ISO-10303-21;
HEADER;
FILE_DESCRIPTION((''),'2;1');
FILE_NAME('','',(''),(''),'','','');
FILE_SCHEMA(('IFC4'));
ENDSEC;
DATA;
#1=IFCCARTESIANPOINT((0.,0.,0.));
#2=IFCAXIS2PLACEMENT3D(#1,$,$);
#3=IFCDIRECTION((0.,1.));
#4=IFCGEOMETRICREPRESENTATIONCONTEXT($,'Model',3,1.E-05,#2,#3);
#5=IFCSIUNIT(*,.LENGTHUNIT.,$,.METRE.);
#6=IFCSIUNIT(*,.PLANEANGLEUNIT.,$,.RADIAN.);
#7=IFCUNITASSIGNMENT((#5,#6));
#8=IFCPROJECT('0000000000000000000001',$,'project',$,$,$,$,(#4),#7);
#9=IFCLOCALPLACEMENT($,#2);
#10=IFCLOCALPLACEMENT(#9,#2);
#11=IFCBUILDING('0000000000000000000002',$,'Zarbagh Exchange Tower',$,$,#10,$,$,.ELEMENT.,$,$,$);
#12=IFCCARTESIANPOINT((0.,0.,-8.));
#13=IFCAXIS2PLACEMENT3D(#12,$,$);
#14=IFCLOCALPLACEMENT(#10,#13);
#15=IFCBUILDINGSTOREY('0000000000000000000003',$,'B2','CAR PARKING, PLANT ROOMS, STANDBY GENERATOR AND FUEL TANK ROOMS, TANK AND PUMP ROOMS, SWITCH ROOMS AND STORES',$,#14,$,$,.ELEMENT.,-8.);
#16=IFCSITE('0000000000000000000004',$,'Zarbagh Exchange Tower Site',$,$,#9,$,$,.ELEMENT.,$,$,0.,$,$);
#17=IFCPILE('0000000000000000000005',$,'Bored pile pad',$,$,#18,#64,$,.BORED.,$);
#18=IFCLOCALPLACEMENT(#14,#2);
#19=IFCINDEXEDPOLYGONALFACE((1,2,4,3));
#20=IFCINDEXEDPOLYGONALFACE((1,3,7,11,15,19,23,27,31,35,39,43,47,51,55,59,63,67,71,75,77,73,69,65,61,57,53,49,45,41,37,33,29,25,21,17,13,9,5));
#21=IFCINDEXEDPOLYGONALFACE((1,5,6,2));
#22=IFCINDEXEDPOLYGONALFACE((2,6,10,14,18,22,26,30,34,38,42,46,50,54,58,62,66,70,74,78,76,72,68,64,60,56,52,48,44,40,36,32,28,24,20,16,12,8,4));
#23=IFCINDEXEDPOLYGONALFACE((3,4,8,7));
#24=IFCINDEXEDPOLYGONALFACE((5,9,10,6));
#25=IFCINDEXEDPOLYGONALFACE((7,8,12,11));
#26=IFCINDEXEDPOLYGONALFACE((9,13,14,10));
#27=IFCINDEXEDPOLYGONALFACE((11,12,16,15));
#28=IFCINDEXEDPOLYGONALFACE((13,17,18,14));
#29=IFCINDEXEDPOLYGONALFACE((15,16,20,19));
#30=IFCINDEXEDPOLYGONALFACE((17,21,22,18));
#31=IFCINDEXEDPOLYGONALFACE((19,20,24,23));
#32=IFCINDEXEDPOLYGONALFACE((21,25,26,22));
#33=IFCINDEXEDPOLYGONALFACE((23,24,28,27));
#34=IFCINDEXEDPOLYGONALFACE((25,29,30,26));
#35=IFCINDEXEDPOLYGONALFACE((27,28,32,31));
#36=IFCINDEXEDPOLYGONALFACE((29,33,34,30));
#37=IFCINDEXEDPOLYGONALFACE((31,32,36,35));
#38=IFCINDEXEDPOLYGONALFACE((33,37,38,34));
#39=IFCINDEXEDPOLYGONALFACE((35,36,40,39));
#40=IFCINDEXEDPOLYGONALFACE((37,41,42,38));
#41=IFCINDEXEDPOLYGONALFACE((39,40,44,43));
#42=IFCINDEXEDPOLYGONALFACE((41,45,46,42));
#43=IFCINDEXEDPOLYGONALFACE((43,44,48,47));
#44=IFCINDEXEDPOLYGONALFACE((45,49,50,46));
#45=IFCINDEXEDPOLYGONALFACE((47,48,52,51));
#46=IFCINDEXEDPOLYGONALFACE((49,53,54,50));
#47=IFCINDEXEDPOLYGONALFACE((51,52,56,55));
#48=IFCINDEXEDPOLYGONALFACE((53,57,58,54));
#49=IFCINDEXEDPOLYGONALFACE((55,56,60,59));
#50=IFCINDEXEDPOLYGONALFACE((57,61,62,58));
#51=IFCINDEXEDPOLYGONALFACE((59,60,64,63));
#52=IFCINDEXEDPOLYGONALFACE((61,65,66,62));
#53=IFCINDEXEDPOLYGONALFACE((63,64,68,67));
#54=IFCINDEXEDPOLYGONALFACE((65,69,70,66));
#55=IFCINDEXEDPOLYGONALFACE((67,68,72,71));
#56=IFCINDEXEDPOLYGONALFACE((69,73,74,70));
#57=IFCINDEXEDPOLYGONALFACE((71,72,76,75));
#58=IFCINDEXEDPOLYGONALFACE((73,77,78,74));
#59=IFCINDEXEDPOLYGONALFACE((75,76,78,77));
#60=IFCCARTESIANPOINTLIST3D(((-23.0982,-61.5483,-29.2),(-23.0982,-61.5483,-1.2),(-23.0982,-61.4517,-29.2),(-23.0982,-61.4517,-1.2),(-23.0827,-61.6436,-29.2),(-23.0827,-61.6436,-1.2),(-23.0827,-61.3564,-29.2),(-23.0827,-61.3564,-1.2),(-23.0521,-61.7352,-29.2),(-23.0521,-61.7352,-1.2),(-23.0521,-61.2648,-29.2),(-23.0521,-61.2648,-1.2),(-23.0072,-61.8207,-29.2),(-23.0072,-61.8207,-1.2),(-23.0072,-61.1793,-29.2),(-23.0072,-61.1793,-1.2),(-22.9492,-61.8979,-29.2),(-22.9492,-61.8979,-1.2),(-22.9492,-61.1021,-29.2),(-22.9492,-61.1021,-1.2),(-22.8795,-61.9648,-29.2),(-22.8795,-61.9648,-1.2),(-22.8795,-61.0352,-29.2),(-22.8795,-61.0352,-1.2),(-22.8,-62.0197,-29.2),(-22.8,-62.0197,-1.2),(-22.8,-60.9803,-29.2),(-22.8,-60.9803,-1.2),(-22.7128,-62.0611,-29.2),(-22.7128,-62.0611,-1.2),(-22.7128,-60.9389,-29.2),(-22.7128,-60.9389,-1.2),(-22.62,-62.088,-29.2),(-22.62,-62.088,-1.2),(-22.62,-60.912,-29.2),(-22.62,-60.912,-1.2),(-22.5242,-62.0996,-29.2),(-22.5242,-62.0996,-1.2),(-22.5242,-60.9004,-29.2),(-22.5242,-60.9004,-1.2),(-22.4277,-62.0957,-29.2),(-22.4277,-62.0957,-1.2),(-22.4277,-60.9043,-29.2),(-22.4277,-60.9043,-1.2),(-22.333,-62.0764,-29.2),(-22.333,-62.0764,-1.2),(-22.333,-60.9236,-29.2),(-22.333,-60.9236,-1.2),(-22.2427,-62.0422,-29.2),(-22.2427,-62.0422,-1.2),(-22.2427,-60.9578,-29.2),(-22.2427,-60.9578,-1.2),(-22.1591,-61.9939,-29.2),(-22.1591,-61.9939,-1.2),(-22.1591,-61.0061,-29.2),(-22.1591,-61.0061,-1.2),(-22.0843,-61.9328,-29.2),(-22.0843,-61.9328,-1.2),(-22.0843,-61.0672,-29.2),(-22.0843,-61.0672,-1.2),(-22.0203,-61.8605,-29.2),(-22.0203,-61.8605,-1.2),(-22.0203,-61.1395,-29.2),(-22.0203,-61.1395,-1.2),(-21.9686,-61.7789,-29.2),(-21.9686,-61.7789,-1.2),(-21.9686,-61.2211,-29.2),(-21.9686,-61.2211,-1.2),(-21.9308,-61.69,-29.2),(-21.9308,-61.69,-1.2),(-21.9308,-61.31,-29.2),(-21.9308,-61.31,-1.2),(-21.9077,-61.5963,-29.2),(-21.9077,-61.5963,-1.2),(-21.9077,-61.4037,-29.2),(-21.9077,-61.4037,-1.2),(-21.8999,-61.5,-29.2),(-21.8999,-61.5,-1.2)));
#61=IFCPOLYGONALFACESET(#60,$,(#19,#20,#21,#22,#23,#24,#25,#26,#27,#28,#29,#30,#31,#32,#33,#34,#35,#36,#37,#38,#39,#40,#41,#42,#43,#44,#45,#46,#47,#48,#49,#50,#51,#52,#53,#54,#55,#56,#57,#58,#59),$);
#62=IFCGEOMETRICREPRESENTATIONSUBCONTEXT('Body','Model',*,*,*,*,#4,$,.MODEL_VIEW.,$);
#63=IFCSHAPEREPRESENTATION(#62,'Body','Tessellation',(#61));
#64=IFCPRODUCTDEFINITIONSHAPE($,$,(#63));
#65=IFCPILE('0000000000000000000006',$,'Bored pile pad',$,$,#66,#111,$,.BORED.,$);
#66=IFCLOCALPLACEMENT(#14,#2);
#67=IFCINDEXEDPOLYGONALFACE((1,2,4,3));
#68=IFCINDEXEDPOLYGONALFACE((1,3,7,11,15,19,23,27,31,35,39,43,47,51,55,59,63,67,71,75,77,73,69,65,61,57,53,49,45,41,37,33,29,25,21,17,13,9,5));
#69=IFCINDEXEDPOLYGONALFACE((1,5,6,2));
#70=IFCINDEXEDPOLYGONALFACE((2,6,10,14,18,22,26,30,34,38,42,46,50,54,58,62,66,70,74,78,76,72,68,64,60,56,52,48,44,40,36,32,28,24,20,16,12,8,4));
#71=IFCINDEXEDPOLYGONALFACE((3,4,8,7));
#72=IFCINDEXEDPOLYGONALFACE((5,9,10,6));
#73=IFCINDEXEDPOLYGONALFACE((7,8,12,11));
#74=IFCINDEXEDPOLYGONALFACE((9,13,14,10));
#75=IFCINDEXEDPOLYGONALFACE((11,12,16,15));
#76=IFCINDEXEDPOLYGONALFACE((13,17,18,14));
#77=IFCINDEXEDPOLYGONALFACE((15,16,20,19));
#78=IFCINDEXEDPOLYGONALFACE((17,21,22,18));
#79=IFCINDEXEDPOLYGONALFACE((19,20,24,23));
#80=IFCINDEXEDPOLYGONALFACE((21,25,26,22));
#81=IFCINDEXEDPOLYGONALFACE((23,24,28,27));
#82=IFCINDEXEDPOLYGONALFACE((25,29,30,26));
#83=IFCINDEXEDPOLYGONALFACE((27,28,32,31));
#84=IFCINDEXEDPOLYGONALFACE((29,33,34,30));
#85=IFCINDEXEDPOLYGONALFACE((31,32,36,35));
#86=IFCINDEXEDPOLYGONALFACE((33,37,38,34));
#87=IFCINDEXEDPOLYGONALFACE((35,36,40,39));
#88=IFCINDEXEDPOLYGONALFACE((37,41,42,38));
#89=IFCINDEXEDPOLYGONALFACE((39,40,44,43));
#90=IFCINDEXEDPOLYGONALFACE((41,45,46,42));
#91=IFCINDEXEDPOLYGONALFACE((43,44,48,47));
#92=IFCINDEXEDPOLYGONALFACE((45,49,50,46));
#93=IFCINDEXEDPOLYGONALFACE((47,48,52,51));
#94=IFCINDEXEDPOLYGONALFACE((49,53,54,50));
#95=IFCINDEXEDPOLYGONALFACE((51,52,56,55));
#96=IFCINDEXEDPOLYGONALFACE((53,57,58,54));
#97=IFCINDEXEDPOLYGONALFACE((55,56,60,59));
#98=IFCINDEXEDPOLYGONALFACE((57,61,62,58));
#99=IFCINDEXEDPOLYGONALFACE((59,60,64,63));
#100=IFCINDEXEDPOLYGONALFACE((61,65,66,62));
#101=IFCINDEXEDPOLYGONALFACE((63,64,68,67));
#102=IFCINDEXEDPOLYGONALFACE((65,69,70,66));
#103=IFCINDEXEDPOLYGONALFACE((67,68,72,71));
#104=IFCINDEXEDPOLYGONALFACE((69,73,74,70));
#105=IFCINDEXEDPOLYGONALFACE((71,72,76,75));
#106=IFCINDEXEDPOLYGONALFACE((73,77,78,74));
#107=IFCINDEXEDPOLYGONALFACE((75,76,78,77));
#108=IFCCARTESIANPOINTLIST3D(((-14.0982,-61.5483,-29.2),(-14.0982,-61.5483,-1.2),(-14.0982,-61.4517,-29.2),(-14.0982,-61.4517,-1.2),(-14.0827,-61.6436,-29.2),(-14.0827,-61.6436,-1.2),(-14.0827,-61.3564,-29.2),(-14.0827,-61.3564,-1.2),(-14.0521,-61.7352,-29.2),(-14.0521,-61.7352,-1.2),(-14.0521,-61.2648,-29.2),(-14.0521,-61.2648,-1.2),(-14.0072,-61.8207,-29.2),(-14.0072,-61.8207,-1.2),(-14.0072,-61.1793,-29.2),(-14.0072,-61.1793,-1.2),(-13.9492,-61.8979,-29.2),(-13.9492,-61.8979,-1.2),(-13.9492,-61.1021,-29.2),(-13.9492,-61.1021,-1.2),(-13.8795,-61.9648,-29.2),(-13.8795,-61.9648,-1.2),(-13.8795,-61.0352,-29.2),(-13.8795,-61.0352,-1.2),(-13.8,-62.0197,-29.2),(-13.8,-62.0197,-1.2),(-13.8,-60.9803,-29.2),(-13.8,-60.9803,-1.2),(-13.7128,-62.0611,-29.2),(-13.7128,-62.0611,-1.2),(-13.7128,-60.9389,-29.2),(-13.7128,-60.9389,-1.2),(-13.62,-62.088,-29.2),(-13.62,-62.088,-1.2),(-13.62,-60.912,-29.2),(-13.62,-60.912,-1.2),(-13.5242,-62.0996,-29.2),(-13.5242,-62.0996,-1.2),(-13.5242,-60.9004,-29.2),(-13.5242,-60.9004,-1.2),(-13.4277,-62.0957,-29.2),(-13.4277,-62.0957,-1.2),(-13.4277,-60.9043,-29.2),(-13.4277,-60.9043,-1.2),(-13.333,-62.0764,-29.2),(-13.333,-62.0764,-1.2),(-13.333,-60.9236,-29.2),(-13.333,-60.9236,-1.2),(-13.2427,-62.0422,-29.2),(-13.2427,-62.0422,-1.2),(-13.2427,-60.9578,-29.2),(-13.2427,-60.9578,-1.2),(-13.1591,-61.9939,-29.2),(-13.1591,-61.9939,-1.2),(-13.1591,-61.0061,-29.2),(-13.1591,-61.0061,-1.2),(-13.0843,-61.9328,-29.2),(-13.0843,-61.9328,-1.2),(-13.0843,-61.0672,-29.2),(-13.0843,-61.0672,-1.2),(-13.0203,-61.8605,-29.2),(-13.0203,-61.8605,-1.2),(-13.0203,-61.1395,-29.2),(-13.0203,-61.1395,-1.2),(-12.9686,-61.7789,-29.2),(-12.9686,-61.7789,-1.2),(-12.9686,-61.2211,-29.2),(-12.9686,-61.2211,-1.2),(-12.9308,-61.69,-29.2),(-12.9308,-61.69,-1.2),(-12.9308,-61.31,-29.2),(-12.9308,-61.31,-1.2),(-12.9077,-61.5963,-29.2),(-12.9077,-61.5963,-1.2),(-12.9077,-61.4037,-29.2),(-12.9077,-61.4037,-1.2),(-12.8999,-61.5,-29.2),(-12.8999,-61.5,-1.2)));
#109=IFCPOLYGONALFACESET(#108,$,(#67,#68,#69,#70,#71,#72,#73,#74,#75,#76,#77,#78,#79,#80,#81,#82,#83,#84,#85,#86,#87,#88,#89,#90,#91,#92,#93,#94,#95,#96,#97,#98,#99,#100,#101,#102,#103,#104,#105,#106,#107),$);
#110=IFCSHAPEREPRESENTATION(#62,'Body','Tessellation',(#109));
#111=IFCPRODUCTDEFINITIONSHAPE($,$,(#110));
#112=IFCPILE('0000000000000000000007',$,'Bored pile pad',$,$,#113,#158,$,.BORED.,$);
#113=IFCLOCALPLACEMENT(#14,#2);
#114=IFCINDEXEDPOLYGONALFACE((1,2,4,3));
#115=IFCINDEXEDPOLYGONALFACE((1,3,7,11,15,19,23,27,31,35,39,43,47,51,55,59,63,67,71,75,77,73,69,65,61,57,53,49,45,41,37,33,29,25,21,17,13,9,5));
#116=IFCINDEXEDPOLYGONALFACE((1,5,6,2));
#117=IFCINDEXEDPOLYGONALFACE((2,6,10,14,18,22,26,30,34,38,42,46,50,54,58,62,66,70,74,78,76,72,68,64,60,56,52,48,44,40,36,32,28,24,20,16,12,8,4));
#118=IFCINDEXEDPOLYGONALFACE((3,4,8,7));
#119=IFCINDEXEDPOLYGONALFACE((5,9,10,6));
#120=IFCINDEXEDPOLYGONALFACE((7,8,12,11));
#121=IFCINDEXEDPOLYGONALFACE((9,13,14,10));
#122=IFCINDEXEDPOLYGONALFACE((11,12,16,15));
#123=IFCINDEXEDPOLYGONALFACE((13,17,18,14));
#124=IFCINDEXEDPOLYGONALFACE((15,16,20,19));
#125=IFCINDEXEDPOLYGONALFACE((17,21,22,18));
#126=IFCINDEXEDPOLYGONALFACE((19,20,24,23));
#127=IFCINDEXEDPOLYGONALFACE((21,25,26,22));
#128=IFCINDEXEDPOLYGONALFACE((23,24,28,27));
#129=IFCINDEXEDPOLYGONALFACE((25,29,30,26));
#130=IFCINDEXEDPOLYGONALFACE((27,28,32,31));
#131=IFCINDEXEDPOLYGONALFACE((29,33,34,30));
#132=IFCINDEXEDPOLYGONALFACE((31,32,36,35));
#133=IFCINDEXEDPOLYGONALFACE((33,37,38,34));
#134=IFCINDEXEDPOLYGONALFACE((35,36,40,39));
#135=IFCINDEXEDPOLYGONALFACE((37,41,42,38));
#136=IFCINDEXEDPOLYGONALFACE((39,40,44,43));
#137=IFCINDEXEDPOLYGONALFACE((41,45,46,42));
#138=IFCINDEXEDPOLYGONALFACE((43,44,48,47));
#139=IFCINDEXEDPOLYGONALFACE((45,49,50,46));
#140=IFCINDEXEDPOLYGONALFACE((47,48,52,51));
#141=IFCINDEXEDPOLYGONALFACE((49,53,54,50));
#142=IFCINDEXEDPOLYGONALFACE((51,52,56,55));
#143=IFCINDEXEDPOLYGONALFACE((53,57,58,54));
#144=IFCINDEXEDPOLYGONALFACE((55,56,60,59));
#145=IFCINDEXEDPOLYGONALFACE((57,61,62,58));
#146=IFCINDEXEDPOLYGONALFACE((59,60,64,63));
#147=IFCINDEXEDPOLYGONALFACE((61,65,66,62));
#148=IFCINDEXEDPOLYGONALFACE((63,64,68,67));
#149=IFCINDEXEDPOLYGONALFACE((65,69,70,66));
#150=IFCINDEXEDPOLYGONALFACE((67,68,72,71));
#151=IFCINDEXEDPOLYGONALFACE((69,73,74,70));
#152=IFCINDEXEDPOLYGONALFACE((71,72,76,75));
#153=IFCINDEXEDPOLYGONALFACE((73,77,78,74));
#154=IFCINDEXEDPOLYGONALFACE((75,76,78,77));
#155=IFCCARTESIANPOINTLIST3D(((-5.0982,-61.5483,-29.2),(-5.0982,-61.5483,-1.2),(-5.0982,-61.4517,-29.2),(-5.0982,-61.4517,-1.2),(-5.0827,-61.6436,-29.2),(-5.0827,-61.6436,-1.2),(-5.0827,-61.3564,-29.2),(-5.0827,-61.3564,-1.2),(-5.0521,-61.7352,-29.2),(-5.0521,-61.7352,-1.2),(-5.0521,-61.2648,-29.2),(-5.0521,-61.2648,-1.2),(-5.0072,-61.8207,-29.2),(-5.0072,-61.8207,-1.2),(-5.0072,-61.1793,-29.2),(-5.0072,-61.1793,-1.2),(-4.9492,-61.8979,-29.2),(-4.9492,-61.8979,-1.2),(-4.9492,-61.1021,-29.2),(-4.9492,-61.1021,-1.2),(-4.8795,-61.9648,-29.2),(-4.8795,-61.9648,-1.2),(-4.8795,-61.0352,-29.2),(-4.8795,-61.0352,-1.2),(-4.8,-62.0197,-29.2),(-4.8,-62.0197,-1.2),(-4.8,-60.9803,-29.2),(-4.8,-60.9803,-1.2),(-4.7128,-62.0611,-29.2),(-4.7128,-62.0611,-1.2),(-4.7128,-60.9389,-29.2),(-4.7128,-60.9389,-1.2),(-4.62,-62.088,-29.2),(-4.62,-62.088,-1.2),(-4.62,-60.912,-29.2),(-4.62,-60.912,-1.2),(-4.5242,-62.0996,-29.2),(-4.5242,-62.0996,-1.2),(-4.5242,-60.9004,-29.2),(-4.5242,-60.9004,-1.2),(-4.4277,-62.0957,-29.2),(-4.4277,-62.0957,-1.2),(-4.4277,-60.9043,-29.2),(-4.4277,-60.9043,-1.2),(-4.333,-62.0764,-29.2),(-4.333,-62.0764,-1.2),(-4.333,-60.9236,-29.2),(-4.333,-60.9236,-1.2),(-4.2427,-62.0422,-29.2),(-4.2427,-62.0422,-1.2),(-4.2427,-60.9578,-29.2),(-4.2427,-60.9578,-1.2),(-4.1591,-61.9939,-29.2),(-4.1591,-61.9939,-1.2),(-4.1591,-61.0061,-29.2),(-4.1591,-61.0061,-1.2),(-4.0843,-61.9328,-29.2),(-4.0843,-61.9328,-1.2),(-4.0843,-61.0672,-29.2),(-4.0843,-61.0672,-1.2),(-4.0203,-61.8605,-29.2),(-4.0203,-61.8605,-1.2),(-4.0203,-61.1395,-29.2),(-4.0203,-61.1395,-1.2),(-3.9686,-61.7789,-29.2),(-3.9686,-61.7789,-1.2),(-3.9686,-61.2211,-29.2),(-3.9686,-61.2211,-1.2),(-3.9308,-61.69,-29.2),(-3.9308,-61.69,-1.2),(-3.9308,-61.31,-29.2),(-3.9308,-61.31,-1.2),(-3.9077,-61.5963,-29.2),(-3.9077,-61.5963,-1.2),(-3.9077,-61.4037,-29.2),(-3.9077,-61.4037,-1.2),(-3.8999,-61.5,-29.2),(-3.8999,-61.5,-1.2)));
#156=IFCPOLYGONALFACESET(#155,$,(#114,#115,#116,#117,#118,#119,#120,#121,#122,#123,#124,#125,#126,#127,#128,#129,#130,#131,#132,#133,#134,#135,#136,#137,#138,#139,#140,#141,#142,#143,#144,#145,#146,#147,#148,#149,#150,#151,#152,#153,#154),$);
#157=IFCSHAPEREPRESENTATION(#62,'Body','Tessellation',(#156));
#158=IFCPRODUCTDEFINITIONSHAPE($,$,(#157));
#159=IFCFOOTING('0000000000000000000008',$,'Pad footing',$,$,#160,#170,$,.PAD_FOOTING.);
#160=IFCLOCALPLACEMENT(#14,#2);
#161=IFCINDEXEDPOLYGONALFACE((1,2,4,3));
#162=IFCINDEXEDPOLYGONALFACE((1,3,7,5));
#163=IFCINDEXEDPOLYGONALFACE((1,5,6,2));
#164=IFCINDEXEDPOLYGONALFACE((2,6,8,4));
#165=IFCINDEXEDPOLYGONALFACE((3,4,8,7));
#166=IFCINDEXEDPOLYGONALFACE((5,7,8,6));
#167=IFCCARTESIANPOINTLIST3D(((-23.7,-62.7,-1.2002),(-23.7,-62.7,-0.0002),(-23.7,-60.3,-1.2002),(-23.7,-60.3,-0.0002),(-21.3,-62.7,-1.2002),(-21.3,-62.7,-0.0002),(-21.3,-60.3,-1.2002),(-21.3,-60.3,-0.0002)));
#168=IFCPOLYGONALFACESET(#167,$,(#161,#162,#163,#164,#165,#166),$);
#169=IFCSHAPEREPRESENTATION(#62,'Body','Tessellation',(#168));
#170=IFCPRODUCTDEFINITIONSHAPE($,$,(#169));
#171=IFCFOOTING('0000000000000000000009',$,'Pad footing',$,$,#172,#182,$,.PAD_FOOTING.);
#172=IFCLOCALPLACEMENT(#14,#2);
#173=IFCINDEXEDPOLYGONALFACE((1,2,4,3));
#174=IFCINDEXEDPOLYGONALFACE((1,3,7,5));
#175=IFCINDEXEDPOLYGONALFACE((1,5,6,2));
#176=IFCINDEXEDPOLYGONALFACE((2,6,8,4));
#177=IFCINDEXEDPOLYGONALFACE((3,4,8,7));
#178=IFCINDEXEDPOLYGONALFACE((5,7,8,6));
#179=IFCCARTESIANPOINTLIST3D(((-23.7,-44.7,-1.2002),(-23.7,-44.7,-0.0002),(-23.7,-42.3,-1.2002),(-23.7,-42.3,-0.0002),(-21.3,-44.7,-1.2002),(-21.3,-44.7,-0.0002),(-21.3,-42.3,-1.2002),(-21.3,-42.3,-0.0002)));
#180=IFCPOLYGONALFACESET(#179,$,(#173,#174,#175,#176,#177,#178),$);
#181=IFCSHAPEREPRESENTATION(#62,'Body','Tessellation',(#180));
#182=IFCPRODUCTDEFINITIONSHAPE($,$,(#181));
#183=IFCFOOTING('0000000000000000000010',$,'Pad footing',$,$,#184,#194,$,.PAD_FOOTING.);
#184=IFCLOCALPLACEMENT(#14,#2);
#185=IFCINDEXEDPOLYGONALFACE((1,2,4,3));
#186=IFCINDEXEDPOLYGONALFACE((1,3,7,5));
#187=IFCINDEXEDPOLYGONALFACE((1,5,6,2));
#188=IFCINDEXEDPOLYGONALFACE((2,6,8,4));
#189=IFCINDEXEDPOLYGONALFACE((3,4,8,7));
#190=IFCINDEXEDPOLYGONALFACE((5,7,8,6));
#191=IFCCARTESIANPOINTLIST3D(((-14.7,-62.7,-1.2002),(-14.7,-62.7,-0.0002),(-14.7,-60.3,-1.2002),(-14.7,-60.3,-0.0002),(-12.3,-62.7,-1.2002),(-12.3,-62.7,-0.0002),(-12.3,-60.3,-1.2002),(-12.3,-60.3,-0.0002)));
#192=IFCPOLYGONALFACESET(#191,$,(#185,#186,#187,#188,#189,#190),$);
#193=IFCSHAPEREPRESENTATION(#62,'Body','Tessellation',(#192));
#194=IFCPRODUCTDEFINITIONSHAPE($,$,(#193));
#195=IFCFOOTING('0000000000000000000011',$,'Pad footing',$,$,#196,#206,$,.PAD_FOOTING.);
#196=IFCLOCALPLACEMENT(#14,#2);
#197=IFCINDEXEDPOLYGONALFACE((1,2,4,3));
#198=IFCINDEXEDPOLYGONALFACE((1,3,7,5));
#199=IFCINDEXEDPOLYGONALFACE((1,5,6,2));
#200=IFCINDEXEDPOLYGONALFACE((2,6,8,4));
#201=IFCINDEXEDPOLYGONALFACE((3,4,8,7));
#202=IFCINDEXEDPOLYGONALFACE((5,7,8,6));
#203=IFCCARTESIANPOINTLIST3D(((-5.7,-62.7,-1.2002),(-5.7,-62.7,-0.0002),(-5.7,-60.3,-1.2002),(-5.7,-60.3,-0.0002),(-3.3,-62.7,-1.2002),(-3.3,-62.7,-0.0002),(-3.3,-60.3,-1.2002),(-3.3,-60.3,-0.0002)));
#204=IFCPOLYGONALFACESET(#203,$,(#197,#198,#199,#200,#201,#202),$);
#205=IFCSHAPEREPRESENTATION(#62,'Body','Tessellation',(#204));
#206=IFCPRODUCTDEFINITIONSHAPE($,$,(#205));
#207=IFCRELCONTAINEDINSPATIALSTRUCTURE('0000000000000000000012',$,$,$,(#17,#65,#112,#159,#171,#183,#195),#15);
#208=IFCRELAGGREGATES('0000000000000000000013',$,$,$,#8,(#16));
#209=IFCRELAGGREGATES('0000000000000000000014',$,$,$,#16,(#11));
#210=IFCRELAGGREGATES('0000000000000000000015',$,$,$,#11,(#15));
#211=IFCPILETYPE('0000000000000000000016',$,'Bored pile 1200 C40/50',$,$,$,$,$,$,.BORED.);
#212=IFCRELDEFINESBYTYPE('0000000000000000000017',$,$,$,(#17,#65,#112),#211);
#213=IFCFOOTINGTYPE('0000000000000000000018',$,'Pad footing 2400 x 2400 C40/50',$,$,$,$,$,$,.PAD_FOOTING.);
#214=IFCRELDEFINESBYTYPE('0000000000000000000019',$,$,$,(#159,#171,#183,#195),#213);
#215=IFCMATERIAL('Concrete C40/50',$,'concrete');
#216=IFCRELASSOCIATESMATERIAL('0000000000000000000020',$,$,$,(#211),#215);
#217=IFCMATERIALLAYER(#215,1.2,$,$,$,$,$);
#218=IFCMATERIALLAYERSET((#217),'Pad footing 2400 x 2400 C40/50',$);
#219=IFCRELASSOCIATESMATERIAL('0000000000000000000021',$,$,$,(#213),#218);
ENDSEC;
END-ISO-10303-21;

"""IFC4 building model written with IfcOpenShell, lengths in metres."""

from ifc_helpers import new_model, si_unit, direction, frame, origin, origin_2d, place, context, subcontext, project, spatial, rectangle, circle, extrude, material, layer, layer_set, material_profile, profile_set, type_object, element, save


model = new_model("IFC4")

# Units and contexts
model_context = context("Model", 3, precision=1e-05, world=origin(), true_north=direction((0.0, 1.0)))
body_context = subcontext(model_context, "Body", "Model", "MODEL_VIEW")
ifc_project = project(units=[si_unit("LENGTHUNIT", "METRE"), si_unit("PLANEANGLEUNIT", "RADIAN")], contexts=[model_context])

# Site, building, storey
site_placement = place(None, origin())
site = spatial("IfcSite", under=ifc_project, at=site_placement, Name="Zarbagh Exchange Tower Site", CompositionType="ELEMENT", RefElevation=0.0)
building_placement = place(site_placement, origin())
building = spatial("IfcBuilding", under=site, at=building_placement, Name="Zarbagh Exchange Tower", CompositionType="ELEMENT")
storey_placement = place(building_placement, frame((0.0, 0.0, -8.0)))
storey = spatial("IfcBuildingStorey", under=building, at=storey_placement, Name="B2", Description="CAR PARKING, PLANT ROOMS, STANDBY GENERATOR AND FUEL TANK ROOMS, TANK AND PUMP ROOMS, SWITCH ROOMS AND STORES", CompositionType="ELEMENT", Elevation=-8.0)

# Piles
ifc_material_1 = material(Name="Concrete C40/50", Category="concrete")
ifc_material_profile_1 = material_profile(ifc_material_1, circle(Radius=0.6001, at=origin_2d()), Name="Bored pile 1200 C40/50")
ifc_profile_set_1 = profile_set([ifc_material_profile_1], Name="Concrete C40/50")
pile_type = type_object("IfcPileType", Name="Bored pile 1200 C40/50", PredefinedType="BORED", material=ifc_profile_set_1)
for number, where, z_axis, x_axis, name in (
    (1, (-22.5, -61.5, -1.2), (0.0, 0.0, -1.0), (1.0, 0.0, 0.0), "Bored pile pad"),
    (2, (-13.5, -61.5, -1.2), (0.0, 0.0, -1.0), (1.0, 0.0, 0.0), "Bored pile pad"),
    (3, (-4.5, -61.5, -1.2), (0.0, 0.0, -1.0), (1.0, 0.0, 0.0), "Bored pile pad"),
):
    element("IfcPile", number, at=place(storey_placement, frame(where, z_axis=z_axis, x_axis=x_axis)), inside=storey, type_object=pile_type, Name=name, PredefinedType="BORED", context=body_context, shape_type="SweptSolid", body=[
        extrude(circle(Radius=0.6001, at=origin_2d()), origin(), (0.0, 0.0, 1.0), 28.0),
    ])

# Footings
ifc_layer_1 = layer(ifc_material_1, 1.2)
ifc_layer_set_1 = layer_set([ifc_layer_1], Name="Pad footing 2400 x 2400 C40/50")
footing_type = type_object("IfcFootingType", Name="Pad footing 2400 x 2400 C40/50", PredefinedType="PAD_FOOTING", material=ifc_layer_set_1)
for number, where, z_axis, x_axis, name in (
    (4, (-22.5, -61.5, -1.2002), (0.0, 0.0, 1.0), (1.0, 0.0, 0.0), "Pad footing"),
    (5, (-22.5, -43.5, -1.2002), (0.0, 0.0, 1.0), (1.0, 0.0, 0.0), "Pad footing"),
    (6, (-13.5, -61.5, -1.2002), (0.0, 0.0, 1.0), (1.0, 0.0, 0.0), "Pad footing"),
    (7, (-4.5, -61.5, -1.2002), (0.0, 0.0, 1.0), (1.0, 0.0, 0.0), "Pad footing"),
):
    element("IfcFooting", number, at=place(storey_placement, frame(where, z_axis=z_axis, x_axis=x_axis)), inside=storey, type_object=footing_type, Name=name, PredefinedType="PAD_FOOTING", context=body_context, shape_type="SweptSolid", body=[
        extrude(rectangle(XDim=2.3999, YDim=2.3999, at=origin_2d()), origin(), (0.0, 0.0, 1.0), 1.2),
    ])

save(model, "model.ifc")
